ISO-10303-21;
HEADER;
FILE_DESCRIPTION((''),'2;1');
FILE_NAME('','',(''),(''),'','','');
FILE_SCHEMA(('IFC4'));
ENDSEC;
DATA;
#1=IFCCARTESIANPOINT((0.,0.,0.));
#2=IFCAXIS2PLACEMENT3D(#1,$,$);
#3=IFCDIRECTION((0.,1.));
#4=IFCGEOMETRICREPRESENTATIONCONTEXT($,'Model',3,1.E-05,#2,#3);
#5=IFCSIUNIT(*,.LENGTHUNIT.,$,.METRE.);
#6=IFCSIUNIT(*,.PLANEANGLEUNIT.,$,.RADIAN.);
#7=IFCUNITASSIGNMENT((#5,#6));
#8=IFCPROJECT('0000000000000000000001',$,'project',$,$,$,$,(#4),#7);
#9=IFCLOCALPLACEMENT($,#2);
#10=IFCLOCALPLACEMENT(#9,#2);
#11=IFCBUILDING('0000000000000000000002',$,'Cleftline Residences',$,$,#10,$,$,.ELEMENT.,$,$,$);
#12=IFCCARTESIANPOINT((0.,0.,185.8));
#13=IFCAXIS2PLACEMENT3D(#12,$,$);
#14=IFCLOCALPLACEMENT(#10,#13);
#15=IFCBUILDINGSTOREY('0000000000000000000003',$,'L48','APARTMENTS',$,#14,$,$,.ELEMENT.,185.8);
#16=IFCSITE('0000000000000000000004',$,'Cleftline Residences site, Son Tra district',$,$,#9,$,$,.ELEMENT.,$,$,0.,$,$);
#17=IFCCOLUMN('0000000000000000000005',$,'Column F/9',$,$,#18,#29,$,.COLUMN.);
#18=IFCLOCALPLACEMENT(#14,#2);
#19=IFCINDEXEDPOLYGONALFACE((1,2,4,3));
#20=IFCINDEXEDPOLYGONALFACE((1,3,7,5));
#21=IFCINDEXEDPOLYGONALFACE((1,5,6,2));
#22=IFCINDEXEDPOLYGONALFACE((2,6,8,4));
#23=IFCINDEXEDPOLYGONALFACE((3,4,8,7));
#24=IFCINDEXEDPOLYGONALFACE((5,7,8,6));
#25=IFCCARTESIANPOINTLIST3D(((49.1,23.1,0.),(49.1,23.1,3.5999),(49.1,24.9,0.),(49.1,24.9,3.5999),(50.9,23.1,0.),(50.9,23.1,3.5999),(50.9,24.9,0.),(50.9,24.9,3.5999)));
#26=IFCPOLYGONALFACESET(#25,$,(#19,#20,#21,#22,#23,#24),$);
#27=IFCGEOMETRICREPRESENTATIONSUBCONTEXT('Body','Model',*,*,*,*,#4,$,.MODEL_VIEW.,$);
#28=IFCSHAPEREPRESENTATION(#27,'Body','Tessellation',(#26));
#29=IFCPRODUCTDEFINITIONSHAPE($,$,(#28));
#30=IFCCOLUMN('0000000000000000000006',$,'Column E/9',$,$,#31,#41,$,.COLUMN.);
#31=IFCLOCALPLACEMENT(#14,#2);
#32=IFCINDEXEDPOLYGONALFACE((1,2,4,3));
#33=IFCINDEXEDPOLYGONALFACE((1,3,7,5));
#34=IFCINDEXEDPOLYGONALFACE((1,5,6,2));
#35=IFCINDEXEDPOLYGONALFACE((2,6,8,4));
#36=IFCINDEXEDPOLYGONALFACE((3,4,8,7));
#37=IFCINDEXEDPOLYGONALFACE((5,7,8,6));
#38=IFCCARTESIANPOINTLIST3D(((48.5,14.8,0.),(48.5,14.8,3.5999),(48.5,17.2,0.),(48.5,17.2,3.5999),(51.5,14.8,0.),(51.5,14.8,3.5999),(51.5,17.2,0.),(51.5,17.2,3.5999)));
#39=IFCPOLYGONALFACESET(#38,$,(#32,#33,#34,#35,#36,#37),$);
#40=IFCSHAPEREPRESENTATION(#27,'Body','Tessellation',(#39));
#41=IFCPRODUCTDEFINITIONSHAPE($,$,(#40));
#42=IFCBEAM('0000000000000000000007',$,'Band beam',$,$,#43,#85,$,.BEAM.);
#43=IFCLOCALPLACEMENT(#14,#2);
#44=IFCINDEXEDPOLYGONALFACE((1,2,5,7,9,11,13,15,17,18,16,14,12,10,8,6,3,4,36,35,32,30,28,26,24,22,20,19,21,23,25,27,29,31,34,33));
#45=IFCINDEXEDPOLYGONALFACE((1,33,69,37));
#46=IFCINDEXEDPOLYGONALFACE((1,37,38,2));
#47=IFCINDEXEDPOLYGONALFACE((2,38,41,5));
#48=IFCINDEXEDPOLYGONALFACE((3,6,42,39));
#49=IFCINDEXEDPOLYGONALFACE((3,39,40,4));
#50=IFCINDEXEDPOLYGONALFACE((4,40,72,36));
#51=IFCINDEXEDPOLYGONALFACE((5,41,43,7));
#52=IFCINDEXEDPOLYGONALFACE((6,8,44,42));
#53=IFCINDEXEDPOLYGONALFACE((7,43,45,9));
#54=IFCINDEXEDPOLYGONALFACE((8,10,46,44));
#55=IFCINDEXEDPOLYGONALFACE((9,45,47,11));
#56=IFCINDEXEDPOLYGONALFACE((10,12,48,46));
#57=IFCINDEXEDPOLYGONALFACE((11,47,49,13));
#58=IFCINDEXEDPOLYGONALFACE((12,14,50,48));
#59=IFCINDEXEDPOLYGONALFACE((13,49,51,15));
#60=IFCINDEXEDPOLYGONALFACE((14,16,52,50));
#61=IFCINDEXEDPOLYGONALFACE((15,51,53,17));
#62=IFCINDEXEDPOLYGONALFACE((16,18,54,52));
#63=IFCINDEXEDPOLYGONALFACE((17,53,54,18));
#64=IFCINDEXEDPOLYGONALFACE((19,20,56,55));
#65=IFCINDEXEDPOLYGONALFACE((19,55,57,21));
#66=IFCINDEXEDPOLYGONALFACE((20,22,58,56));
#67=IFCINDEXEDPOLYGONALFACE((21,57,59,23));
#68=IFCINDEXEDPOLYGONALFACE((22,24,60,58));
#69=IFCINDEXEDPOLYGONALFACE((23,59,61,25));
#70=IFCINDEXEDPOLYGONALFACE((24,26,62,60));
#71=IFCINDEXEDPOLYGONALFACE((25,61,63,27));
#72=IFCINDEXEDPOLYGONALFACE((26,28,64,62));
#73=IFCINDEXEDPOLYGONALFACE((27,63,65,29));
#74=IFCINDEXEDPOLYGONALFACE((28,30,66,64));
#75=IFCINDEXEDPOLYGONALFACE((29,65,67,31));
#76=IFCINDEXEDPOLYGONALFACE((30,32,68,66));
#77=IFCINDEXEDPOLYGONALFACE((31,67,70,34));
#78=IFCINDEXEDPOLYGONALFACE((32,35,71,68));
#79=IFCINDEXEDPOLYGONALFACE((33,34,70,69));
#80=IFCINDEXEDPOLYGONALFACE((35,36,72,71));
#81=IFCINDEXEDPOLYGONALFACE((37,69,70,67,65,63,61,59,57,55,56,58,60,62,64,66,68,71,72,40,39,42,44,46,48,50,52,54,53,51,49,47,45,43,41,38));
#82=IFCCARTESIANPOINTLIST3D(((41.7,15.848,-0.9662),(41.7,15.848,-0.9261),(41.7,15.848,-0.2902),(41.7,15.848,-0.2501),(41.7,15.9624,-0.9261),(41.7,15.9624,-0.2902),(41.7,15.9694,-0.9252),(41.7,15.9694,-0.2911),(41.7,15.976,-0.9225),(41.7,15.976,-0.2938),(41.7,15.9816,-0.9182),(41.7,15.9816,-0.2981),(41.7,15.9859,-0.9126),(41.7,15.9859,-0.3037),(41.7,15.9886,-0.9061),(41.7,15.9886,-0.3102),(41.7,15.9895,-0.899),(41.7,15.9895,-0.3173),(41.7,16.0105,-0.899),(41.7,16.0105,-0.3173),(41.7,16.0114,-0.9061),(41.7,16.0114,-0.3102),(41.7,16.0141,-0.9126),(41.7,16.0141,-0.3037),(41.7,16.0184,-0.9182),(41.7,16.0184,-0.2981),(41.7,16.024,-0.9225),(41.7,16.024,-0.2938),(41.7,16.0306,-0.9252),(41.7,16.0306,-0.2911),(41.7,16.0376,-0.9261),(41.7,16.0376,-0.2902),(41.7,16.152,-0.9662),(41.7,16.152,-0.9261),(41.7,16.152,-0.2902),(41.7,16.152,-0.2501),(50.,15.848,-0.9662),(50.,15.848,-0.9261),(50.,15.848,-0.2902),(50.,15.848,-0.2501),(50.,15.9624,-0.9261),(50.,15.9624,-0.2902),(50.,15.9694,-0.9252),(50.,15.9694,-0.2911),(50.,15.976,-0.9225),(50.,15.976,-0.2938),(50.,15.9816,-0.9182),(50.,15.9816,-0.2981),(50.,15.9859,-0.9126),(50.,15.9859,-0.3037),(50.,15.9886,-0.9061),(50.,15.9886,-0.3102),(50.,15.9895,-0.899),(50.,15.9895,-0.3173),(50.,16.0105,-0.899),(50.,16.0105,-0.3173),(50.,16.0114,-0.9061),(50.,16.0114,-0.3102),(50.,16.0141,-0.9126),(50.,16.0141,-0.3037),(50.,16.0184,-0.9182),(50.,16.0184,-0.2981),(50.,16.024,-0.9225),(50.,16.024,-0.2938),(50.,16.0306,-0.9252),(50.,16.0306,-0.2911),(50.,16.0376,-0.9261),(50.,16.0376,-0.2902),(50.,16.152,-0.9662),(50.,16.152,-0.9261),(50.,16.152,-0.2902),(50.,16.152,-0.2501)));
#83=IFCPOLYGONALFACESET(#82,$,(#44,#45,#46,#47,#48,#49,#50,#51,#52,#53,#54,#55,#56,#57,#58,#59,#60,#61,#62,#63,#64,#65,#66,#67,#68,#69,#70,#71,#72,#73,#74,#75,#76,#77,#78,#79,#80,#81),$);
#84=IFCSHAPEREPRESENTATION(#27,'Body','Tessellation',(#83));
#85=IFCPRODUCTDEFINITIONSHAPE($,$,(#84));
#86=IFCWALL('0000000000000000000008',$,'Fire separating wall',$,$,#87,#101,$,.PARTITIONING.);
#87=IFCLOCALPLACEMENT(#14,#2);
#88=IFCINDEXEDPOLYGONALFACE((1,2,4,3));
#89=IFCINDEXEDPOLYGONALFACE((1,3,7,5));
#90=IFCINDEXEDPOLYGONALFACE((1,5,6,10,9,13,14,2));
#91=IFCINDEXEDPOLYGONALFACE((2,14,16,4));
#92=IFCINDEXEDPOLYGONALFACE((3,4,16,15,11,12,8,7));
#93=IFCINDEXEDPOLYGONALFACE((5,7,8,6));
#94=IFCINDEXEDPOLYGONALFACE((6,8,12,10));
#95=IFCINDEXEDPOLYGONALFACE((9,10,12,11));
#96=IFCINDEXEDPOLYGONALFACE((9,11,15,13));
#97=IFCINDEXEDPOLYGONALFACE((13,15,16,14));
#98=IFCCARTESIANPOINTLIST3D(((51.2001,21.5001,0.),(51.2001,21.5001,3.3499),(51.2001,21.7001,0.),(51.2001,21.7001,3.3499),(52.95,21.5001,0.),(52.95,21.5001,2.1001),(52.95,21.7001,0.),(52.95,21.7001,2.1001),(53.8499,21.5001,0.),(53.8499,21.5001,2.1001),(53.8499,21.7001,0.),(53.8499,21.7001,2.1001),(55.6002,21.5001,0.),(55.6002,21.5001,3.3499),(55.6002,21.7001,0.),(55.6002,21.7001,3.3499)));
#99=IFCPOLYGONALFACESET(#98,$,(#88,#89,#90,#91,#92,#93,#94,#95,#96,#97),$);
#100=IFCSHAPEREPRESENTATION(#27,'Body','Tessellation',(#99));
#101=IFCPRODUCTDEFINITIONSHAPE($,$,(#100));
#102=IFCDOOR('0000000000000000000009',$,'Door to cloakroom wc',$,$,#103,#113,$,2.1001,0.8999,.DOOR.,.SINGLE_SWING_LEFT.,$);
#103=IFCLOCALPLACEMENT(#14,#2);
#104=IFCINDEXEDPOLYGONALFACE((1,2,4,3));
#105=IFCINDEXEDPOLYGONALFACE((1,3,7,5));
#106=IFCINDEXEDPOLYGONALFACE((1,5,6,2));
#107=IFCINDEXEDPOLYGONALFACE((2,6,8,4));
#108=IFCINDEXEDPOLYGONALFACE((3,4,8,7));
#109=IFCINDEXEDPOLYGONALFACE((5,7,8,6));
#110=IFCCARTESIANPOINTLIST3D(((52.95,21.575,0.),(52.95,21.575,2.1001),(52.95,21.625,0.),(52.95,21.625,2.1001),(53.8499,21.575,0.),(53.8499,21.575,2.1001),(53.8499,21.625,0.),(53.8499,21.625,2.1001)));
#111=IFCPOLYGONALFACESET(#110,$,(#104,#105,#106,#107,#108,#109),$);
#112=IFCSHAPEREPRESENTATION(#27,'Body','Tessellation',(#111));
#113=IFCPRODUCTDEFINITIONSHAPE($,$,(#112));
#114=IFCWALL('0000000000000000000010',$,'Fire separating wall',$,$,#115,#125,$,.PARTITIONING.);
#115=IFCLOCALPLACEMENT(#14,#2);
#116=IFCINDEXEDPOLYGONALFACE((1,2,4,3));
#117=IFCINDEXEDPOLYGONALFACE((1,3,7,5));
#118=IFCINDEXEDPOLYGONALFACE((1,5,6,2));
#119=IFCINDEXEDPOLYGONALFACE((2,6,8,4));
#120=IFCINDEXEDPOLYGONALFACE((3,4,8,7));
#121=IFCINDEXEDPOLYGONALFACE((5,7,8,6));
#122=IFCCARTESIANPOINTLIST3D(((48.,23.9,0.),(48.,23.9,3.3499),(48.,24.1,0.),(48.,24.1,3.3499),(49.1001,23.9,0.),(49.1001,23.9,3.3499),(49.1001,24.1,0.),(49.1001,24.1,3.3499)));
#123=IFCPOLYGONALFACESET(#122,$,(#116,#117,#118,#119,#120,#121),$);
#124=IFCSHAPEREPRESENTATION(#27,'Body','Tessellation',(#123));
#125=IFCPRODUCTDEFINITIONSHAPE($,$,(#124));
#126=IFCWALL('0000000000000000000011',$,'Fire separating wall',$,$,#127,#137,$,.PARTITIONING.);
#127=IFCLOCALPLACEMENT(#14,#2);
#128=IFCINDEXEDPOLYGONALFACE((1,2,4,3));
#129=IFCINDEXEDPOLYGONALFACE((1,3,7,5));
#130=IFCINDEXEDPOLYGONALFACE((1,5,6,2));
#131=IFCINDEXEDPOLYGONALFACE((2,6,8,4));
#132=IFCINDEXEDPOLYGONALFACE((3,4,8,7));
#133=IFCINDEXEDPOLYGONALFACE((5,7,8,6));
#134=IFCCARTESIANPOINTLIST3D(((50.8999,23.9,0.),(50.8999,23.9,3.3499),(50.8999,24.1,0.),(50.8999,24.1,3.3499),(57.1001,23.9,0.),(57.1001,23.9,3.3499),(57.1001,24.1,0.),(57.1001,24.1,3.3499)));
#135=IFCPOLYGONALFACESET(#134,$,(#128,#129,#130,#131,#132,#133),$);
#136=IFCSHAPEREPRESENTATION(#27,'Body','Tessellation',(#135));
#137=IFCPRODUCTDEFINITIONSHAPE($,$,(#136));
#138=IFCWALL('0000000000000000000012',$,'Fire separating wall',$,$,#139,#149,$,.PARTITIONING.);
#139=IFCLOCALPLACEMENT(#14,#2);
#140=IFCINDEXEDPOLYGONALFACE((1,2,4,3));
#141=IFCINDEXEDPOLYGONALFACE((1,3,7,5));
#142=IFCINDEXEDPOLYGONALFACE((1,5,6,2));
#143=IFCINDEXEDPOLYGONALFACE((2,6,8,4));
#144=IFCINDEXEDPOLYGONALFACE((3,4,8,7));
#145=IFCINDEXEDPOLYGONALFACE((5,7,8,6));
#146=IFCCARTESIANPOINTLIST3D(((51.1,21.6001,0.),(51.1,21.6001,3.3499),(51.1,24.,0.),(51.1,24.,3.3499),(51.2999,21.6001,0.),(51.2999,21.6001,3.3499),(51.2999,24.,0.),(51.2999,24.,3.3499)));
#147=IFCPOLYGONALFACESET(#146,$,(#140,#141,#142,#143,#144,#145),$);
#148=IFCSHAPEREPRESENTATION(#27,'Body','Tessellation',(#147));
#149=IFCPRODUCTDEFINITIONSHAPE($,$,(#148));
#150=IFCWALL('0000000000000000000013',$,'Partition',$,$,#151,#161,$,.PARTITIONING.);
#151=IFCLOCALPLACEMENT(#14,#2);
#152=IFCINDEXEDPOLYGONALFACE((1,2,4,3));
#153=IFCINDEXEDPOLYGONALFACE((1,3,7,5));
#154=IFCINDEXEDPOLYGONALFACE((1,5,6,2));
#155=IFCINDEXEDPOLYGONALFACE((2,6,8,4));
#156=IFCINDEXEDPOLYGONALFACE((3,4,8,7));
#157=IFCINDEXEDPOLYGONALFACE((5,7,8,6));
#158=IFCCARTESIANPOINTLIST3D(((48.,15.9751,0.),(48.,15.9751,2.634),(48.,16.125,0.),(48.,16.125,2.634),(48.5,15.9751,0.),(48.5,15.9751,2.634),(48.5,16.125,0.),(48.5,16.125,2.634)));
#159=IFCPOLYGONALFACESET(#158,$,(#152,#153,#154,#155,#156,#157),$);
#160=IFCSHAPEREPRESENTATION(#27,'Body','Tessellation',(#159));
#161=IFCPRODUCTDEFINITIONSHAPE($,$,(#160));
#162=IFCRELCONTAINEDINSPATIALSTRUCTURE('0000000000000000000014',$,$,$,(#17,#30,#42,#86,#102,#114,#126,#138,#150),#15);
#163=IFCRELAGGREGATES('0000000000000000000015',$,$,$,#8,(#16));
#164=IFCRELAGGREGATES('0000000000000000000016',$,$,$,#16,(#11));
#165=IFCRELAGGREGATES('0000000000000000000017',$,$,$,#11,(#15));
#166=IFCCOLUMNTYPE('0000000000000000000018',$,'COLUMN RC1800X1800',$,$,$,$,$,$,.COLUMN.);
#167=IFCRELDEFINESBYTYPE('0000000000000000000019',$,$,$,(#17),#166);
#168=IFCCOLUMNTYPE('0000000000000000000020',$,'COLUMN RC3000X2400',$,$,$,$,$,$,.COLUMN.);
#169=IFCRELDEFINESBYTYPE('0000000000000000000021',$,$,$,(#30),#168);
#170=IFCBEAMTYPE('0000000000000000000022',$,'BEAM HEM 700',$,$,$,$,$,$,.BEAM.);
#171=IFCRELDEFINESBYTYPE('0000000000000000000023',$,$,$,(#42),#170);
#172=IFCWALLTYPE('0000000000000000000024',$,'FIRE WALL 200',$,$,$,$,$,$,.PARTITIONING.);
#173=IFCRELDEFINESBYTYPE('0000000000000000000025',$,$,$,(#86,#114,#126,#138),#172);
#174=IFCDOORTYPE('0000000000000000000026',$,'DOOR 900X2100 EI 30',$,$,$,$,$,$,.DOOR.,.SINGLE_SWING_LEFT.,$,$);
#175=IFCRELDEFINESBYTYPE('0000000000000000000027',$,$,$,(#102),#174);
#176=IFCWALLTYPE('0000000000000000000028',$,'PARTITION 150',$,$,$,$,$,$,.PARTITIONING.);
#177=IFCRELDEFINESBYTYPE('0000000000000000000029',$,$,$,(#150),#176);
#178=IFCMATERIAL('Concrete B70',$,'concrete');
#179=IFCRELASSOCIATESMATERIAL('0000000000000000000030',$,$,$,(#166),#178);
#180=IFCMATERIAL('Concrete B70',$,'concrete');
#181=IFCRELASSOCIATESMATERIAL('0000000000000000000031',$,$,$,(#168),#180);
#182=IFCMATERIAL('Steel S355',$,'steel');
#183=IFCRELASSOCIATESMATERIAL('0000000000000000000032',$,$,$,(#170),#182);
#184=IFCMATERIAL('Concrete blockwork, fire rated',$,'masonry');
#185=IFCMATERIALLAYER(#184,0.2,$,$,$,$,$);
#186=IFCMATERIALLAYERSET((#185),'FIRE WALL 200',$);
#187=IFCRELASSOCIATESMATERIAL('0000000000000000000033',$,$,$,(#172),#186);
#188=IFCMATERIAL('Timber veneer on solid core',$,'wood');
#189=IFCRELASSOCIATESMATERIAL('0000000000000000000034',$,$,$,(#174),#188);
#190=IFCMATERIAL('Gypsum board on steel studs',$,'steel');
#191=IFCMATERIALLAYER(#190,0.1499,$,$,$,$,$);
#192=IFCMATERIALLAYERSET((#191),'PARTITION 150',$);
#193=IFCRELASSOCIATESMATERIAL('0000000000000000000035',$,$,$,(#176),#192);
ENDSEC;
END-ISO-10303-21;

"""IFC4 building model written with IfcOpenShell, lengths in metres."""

from ifc_helpers import new_model, si_unit, direction, frame, frame_2d, origin, origin_2d, place, context, subcontext, project, spatial, rectangle, i_section, extrude, material, layer, layer_set, material_profile, profile_set, type_object, element, fill, save


model = new_model("IFC4")

# Units and contexts
model_context = context("Model", 3, precision=1e-05, world=origin(), true_north=direction((0.0, 1.0)))
body_context = subcontext(model_context, "Body", "Model", "MODEL_VIEW")
ifc_project = project(units=[si_unit("LENGTHUNIT", "METRE"), si_unit("PLANEANGLEUNIT", "RADIAN")], contexts=[model_context])

# Site, building, storey
site_placement = place(None, origin())
site = spatial("IfcSite", under=ifc_project, at=site_placement, Name="Cleftline Residences site, Son Tra district", CompositionType="ELEMENT", RefElevation=0.0)
building_placement = place(site_placement, origin())
building = spatial("IfcBuilding", under=site, at=building_placement, Name="Cleftline Residences", CompositionType="ELEMENT")
storey_placement = place(building_placement, frame((0.0, 0.0, 185.8)))
storey = spatial("IfcBuildingStorey", under=building, at=storey_placement, Name="L48", Description="APARTMENTS", CompositionType="ELEMENT", Elevation=185.8)

# Columns
ifc_material_1 = material(Name="Concrete B70", Category="concrete")
ifc_material_profile_1 = material_profile(ifc_material_1, rectangle(XDim=1.8, YDim=1.8, at=origin_2d()))
ifc_profile_set_1 = profile_set([ifc_material_profile_1], Name="Concrete B70")
column_type_1 = type_object("IfcColumnType", Name="COLUMN RC1800X1800", PredefinedType="COLUMN", material=ifc_profile_set_1)
column_1_placement = place(storey_placement, frame((50.0, 24.0, 0.0), z_axis=(0.0, 0.0, 1.0), x_axis=(1.0, 0.0, 0.0)))
element("IfcColumn", 1, at=column_1_placement, inside=storey, type_object=column_type_1, Name="Column F/9", PredefinedType="COLUMN", context=body_context, shape_type="SweptSolid", body=[
    extrude(rectangle(XDim=1.8, YDim=1.8, at=origin_2d()), origin(), (0.0, 0.0, 1.0), 3.5999),
])
ifc_material_2 = material(Name="Concrete B70", Category="concrete")
ifc_material_profile_2 = material_profile(ifc_material_2, rectangle(XDim=3.0, YDim=2.3999, at=origin_2d()))
ifc_profile_set_2 = profile_set([ifc_material_profile_2], Name="Concrete B70")
column_type_2 = type_object("IfcColumnType", Name="COLUMN RC3000X2400", PredefinedType="COLUMN", material=ifc_profile_set_2)
column_2_placement = place(storey_placement, frame((50.0, 16.0, 0.0), z_axis=(0.0, 0.0, 1.0), x_axis=(1.0, 0.0, 0.0)))
element("IfcColumn", 2, at=column_2_placement, inside=storey, type_object=column_type_2, Name="Column E/9", PredefinedType="COLUMN", context=body_context, shape_type="SweptSolid", body=[
    extrude(rectangle(XDim=3.0, YDim=2.3999, at=origin_2d()), origin(), (0.0, 0.0, 1.0), 3.5999),
])

# Beam
ifc_material_3 = material(Name="Steel S355", Category="steel")
ifc_material_profile_3 = material_profile(ifc_material_3, i_section(OverallWidth=0.304, OverallDepth=0.7161, WebThickness=0.021, FlangeThickness=0.04, FilletRadius=0.0271, at=origin_2d()))
ifc_profile_set_3 = profile_set([ifc_material_profile_3], Name="Steel S355")
beam_type = type_object("IfcBeamType", Name="BEAM HEM 700", PredefinedType="BEAM", material=ifc_profile_set_3)
beam_placement = place(storey_placement, frame((50.0, 16.0, -0.6082), z_axis=(-1.0, 0.0, 0.0), x_axis=(0.0, -1.0, 0.0)))
element("IfcBeam", 3, at=beam_placement, inside=storey, type_object=beam_type, Name="Band beam", PredefinedType="BEAM", context=body_context, shape_type="SweptSolid", body=[
    extrude(i_section(OverallWidth=0.304, OverallDepth=0.7161, WebThickness=0.021, FlangeThickness=0.04, FilletRadius=0.0271, at=origin_2d()), origin(), (0.0, 0.0, 1.0), 8.3),
])

# Wall, opening, door
ifc_material_4 = material(Name="Concrete blockwork, fire rated", Category="masonry")
ifc_layer_1 = layer(ifc_material_4, 0.2)
ifc_layer_set_1 = layer_set([ifc_layer_1], Name="FIRE WALL 200")
wall_type_1 = type_object("IfcWallType", Name="FIRE WALL 200", PredefinedType="PARTITIONING", material=ifc_layer_set_1)
wall_1_placement = place(storey_placement, frame((51.2, 21.6001, 0.0), z_axis=(0.0, 0.0, 1.0), x_axis=(1.0, 0.0, 0.0)))
wall_1 = element("IfcWall", 4, at=wall_1_placement, inside=storey, type_object=wall_type_1, Name="Fire separating wall", PredefinedType="PARTITIONING", context=body_context, shape_type="SweptSolid", body=[
    extrude(rectangle(XDim=4.4001, YDim=0.2, at=frame_2d((2.2002, 0.0))), origin(), (0.0, 0.0, 1.0), 3.3499),
])
opening_1_placement = place(wall_1_placement, frame((1.75, 0.0, 0.0)))
opening_1 = element("IfcOpeningElement", 5, at=opening_1_placement, cuts=wall_1, PredefinedType="OPENING", context=body_context, shape_type="SweptSolid", body=[
    extrude(rectangle(XDim=0.8999, YDim=2.1001, at=frame_2d((0.45, 1.05))), frame((0.0, 0.1099, 0.0), z_axis=(0.0, -1.0, 0.0), x_axis=(1.0, 0.0, 0.0)), (0.0, 0.0, 1.0), 0.22),
])
ifc_material_5 = material(Name="Timber veneer on solid core", Category="wood")
door_type_1 = type_object("IfcDoorType", Name="DOOR 900X2100 EI 30", OperationType="SINGLE_SWING_LEFT", PredefinedType="DOOR", material=ifc_material_5)
door_1_placement = place(opening_1_placement, origin())
door_1 = element("IfcDoor", 6, at=door_1_placement, inside=storey, type_object=door_type_1, Name="Door to cloakroom wc", OperationType="SINGLE_SWING_LEFT", OverallHeight=2.1001, OverallWidth=0.8999, PredefinedType="DOOR", context=body_context, shape_type="SweptSolid", body=[
    extrude(rectangle(XDim=0.8999, YDim=2.1001, at=frame_2d((0.45, 1.05))), frame((0.0, 0.0249, 0.0), z_axis=(0.0, -1.0, 0.0), x_axis=(1.0, 0.0, 0.0)), (0.0, 0.0, 1.0), 0.05),
])
fill(opening_1, door_1)

# Walls
wall_2_placement = place(storey_placement, frame((48.0, 24.0, 0.0), z_axis=(0.0, 0.0, 1.0), x_axis=(1.0, 0.0, 0.0)))
element("IfcWall", 7, at=wall_2_placement, inside=storey, type_object=wall_type_1, Name="Fire separating wall", PredefinedType="PARTITIONING", context=body_context, shape_type="SweptSolid", body=[
    extrude(rectangle(XDim=1.1001, YDim=0.2, at=frame_2d((0.55, 0.0))), origin(), (0.0, 0.0, 1.0), 3.3499),
])
wall_3_placement = place(storey_placement, frame((50.8999, 24.0, 0.0), z_axis=(0.0, 0.0, 1.0), x_axis=(1.0, 0.0, 0.0)))
element("IfcWall", 8, at=wall_3_placement, inside=storey, type_object=wall_type_1, Name="Fire separating wall", PredefinedType="PARTITIONING", context=body_context, shape_type="SweptSolid", body=[
    extrude(rectangle(XDim=6.2002, YDim=0.2, at=frame_2d((3.1001, 0.0))), origin(), (0.0, 0.0, 1.0), 3.3499),
])

# Walls
wall_4_placement = place(storey_placement, frame((51.2, 21.6001, 0.0), z_axis=(0.0, 0.0, 1.0), x_axis=(0.0, 1.0, 0.0)))
element("IfcWall", 9, at=wall_4_placement, inside=storey, type_object=wall_type_1, Name="Fire separating wall", PredefinedType="PARTITIONING", context=body_context, shape_type="SweptSolid", body=[
    extrude(rectangle(XDim=2.3999, YDim=0.2, at=frame_2d((1.2, 0.0))), origin(), (0.0, 0.0, 1.0), 3.3499),
])
ifc_material_6 = material(Name="Gypsum board on steel studs", Category="steel")
ifc_layer_2 = layer(ifc_material_6, 0.1499)
ifc_layer_set_2 = layer_set([ifc_layer_2], Name="PARTITION 150")
wall_type_2 = type_object("IfcWallType", Name="PARTITION 150", PredefinedType="PARTITIONING", material=ifc_layer_set_2)
wall_5_placement = place(storey_placement, frame((48.0, 16.05, 0.0), z_axis=(0.0, 0.0, 1.0), x_axis=(1.0, 0.0, 0.0)))
element("IfcWall", 10, at=wall_5_placement, inside=storey, type_object=wall_type_2, Name="Partition", PredefinedType="PARTITIONING", context=body_context, shape_type="SweptSolid", body=[
    extrude(rectangle(XDim=0.5, YDim=0.1499, at=frame_2d((0.25, 0.0))), origin(), (0.0, 0.0, 1.0), 2.634),
])

save(model, "model.ifc")
